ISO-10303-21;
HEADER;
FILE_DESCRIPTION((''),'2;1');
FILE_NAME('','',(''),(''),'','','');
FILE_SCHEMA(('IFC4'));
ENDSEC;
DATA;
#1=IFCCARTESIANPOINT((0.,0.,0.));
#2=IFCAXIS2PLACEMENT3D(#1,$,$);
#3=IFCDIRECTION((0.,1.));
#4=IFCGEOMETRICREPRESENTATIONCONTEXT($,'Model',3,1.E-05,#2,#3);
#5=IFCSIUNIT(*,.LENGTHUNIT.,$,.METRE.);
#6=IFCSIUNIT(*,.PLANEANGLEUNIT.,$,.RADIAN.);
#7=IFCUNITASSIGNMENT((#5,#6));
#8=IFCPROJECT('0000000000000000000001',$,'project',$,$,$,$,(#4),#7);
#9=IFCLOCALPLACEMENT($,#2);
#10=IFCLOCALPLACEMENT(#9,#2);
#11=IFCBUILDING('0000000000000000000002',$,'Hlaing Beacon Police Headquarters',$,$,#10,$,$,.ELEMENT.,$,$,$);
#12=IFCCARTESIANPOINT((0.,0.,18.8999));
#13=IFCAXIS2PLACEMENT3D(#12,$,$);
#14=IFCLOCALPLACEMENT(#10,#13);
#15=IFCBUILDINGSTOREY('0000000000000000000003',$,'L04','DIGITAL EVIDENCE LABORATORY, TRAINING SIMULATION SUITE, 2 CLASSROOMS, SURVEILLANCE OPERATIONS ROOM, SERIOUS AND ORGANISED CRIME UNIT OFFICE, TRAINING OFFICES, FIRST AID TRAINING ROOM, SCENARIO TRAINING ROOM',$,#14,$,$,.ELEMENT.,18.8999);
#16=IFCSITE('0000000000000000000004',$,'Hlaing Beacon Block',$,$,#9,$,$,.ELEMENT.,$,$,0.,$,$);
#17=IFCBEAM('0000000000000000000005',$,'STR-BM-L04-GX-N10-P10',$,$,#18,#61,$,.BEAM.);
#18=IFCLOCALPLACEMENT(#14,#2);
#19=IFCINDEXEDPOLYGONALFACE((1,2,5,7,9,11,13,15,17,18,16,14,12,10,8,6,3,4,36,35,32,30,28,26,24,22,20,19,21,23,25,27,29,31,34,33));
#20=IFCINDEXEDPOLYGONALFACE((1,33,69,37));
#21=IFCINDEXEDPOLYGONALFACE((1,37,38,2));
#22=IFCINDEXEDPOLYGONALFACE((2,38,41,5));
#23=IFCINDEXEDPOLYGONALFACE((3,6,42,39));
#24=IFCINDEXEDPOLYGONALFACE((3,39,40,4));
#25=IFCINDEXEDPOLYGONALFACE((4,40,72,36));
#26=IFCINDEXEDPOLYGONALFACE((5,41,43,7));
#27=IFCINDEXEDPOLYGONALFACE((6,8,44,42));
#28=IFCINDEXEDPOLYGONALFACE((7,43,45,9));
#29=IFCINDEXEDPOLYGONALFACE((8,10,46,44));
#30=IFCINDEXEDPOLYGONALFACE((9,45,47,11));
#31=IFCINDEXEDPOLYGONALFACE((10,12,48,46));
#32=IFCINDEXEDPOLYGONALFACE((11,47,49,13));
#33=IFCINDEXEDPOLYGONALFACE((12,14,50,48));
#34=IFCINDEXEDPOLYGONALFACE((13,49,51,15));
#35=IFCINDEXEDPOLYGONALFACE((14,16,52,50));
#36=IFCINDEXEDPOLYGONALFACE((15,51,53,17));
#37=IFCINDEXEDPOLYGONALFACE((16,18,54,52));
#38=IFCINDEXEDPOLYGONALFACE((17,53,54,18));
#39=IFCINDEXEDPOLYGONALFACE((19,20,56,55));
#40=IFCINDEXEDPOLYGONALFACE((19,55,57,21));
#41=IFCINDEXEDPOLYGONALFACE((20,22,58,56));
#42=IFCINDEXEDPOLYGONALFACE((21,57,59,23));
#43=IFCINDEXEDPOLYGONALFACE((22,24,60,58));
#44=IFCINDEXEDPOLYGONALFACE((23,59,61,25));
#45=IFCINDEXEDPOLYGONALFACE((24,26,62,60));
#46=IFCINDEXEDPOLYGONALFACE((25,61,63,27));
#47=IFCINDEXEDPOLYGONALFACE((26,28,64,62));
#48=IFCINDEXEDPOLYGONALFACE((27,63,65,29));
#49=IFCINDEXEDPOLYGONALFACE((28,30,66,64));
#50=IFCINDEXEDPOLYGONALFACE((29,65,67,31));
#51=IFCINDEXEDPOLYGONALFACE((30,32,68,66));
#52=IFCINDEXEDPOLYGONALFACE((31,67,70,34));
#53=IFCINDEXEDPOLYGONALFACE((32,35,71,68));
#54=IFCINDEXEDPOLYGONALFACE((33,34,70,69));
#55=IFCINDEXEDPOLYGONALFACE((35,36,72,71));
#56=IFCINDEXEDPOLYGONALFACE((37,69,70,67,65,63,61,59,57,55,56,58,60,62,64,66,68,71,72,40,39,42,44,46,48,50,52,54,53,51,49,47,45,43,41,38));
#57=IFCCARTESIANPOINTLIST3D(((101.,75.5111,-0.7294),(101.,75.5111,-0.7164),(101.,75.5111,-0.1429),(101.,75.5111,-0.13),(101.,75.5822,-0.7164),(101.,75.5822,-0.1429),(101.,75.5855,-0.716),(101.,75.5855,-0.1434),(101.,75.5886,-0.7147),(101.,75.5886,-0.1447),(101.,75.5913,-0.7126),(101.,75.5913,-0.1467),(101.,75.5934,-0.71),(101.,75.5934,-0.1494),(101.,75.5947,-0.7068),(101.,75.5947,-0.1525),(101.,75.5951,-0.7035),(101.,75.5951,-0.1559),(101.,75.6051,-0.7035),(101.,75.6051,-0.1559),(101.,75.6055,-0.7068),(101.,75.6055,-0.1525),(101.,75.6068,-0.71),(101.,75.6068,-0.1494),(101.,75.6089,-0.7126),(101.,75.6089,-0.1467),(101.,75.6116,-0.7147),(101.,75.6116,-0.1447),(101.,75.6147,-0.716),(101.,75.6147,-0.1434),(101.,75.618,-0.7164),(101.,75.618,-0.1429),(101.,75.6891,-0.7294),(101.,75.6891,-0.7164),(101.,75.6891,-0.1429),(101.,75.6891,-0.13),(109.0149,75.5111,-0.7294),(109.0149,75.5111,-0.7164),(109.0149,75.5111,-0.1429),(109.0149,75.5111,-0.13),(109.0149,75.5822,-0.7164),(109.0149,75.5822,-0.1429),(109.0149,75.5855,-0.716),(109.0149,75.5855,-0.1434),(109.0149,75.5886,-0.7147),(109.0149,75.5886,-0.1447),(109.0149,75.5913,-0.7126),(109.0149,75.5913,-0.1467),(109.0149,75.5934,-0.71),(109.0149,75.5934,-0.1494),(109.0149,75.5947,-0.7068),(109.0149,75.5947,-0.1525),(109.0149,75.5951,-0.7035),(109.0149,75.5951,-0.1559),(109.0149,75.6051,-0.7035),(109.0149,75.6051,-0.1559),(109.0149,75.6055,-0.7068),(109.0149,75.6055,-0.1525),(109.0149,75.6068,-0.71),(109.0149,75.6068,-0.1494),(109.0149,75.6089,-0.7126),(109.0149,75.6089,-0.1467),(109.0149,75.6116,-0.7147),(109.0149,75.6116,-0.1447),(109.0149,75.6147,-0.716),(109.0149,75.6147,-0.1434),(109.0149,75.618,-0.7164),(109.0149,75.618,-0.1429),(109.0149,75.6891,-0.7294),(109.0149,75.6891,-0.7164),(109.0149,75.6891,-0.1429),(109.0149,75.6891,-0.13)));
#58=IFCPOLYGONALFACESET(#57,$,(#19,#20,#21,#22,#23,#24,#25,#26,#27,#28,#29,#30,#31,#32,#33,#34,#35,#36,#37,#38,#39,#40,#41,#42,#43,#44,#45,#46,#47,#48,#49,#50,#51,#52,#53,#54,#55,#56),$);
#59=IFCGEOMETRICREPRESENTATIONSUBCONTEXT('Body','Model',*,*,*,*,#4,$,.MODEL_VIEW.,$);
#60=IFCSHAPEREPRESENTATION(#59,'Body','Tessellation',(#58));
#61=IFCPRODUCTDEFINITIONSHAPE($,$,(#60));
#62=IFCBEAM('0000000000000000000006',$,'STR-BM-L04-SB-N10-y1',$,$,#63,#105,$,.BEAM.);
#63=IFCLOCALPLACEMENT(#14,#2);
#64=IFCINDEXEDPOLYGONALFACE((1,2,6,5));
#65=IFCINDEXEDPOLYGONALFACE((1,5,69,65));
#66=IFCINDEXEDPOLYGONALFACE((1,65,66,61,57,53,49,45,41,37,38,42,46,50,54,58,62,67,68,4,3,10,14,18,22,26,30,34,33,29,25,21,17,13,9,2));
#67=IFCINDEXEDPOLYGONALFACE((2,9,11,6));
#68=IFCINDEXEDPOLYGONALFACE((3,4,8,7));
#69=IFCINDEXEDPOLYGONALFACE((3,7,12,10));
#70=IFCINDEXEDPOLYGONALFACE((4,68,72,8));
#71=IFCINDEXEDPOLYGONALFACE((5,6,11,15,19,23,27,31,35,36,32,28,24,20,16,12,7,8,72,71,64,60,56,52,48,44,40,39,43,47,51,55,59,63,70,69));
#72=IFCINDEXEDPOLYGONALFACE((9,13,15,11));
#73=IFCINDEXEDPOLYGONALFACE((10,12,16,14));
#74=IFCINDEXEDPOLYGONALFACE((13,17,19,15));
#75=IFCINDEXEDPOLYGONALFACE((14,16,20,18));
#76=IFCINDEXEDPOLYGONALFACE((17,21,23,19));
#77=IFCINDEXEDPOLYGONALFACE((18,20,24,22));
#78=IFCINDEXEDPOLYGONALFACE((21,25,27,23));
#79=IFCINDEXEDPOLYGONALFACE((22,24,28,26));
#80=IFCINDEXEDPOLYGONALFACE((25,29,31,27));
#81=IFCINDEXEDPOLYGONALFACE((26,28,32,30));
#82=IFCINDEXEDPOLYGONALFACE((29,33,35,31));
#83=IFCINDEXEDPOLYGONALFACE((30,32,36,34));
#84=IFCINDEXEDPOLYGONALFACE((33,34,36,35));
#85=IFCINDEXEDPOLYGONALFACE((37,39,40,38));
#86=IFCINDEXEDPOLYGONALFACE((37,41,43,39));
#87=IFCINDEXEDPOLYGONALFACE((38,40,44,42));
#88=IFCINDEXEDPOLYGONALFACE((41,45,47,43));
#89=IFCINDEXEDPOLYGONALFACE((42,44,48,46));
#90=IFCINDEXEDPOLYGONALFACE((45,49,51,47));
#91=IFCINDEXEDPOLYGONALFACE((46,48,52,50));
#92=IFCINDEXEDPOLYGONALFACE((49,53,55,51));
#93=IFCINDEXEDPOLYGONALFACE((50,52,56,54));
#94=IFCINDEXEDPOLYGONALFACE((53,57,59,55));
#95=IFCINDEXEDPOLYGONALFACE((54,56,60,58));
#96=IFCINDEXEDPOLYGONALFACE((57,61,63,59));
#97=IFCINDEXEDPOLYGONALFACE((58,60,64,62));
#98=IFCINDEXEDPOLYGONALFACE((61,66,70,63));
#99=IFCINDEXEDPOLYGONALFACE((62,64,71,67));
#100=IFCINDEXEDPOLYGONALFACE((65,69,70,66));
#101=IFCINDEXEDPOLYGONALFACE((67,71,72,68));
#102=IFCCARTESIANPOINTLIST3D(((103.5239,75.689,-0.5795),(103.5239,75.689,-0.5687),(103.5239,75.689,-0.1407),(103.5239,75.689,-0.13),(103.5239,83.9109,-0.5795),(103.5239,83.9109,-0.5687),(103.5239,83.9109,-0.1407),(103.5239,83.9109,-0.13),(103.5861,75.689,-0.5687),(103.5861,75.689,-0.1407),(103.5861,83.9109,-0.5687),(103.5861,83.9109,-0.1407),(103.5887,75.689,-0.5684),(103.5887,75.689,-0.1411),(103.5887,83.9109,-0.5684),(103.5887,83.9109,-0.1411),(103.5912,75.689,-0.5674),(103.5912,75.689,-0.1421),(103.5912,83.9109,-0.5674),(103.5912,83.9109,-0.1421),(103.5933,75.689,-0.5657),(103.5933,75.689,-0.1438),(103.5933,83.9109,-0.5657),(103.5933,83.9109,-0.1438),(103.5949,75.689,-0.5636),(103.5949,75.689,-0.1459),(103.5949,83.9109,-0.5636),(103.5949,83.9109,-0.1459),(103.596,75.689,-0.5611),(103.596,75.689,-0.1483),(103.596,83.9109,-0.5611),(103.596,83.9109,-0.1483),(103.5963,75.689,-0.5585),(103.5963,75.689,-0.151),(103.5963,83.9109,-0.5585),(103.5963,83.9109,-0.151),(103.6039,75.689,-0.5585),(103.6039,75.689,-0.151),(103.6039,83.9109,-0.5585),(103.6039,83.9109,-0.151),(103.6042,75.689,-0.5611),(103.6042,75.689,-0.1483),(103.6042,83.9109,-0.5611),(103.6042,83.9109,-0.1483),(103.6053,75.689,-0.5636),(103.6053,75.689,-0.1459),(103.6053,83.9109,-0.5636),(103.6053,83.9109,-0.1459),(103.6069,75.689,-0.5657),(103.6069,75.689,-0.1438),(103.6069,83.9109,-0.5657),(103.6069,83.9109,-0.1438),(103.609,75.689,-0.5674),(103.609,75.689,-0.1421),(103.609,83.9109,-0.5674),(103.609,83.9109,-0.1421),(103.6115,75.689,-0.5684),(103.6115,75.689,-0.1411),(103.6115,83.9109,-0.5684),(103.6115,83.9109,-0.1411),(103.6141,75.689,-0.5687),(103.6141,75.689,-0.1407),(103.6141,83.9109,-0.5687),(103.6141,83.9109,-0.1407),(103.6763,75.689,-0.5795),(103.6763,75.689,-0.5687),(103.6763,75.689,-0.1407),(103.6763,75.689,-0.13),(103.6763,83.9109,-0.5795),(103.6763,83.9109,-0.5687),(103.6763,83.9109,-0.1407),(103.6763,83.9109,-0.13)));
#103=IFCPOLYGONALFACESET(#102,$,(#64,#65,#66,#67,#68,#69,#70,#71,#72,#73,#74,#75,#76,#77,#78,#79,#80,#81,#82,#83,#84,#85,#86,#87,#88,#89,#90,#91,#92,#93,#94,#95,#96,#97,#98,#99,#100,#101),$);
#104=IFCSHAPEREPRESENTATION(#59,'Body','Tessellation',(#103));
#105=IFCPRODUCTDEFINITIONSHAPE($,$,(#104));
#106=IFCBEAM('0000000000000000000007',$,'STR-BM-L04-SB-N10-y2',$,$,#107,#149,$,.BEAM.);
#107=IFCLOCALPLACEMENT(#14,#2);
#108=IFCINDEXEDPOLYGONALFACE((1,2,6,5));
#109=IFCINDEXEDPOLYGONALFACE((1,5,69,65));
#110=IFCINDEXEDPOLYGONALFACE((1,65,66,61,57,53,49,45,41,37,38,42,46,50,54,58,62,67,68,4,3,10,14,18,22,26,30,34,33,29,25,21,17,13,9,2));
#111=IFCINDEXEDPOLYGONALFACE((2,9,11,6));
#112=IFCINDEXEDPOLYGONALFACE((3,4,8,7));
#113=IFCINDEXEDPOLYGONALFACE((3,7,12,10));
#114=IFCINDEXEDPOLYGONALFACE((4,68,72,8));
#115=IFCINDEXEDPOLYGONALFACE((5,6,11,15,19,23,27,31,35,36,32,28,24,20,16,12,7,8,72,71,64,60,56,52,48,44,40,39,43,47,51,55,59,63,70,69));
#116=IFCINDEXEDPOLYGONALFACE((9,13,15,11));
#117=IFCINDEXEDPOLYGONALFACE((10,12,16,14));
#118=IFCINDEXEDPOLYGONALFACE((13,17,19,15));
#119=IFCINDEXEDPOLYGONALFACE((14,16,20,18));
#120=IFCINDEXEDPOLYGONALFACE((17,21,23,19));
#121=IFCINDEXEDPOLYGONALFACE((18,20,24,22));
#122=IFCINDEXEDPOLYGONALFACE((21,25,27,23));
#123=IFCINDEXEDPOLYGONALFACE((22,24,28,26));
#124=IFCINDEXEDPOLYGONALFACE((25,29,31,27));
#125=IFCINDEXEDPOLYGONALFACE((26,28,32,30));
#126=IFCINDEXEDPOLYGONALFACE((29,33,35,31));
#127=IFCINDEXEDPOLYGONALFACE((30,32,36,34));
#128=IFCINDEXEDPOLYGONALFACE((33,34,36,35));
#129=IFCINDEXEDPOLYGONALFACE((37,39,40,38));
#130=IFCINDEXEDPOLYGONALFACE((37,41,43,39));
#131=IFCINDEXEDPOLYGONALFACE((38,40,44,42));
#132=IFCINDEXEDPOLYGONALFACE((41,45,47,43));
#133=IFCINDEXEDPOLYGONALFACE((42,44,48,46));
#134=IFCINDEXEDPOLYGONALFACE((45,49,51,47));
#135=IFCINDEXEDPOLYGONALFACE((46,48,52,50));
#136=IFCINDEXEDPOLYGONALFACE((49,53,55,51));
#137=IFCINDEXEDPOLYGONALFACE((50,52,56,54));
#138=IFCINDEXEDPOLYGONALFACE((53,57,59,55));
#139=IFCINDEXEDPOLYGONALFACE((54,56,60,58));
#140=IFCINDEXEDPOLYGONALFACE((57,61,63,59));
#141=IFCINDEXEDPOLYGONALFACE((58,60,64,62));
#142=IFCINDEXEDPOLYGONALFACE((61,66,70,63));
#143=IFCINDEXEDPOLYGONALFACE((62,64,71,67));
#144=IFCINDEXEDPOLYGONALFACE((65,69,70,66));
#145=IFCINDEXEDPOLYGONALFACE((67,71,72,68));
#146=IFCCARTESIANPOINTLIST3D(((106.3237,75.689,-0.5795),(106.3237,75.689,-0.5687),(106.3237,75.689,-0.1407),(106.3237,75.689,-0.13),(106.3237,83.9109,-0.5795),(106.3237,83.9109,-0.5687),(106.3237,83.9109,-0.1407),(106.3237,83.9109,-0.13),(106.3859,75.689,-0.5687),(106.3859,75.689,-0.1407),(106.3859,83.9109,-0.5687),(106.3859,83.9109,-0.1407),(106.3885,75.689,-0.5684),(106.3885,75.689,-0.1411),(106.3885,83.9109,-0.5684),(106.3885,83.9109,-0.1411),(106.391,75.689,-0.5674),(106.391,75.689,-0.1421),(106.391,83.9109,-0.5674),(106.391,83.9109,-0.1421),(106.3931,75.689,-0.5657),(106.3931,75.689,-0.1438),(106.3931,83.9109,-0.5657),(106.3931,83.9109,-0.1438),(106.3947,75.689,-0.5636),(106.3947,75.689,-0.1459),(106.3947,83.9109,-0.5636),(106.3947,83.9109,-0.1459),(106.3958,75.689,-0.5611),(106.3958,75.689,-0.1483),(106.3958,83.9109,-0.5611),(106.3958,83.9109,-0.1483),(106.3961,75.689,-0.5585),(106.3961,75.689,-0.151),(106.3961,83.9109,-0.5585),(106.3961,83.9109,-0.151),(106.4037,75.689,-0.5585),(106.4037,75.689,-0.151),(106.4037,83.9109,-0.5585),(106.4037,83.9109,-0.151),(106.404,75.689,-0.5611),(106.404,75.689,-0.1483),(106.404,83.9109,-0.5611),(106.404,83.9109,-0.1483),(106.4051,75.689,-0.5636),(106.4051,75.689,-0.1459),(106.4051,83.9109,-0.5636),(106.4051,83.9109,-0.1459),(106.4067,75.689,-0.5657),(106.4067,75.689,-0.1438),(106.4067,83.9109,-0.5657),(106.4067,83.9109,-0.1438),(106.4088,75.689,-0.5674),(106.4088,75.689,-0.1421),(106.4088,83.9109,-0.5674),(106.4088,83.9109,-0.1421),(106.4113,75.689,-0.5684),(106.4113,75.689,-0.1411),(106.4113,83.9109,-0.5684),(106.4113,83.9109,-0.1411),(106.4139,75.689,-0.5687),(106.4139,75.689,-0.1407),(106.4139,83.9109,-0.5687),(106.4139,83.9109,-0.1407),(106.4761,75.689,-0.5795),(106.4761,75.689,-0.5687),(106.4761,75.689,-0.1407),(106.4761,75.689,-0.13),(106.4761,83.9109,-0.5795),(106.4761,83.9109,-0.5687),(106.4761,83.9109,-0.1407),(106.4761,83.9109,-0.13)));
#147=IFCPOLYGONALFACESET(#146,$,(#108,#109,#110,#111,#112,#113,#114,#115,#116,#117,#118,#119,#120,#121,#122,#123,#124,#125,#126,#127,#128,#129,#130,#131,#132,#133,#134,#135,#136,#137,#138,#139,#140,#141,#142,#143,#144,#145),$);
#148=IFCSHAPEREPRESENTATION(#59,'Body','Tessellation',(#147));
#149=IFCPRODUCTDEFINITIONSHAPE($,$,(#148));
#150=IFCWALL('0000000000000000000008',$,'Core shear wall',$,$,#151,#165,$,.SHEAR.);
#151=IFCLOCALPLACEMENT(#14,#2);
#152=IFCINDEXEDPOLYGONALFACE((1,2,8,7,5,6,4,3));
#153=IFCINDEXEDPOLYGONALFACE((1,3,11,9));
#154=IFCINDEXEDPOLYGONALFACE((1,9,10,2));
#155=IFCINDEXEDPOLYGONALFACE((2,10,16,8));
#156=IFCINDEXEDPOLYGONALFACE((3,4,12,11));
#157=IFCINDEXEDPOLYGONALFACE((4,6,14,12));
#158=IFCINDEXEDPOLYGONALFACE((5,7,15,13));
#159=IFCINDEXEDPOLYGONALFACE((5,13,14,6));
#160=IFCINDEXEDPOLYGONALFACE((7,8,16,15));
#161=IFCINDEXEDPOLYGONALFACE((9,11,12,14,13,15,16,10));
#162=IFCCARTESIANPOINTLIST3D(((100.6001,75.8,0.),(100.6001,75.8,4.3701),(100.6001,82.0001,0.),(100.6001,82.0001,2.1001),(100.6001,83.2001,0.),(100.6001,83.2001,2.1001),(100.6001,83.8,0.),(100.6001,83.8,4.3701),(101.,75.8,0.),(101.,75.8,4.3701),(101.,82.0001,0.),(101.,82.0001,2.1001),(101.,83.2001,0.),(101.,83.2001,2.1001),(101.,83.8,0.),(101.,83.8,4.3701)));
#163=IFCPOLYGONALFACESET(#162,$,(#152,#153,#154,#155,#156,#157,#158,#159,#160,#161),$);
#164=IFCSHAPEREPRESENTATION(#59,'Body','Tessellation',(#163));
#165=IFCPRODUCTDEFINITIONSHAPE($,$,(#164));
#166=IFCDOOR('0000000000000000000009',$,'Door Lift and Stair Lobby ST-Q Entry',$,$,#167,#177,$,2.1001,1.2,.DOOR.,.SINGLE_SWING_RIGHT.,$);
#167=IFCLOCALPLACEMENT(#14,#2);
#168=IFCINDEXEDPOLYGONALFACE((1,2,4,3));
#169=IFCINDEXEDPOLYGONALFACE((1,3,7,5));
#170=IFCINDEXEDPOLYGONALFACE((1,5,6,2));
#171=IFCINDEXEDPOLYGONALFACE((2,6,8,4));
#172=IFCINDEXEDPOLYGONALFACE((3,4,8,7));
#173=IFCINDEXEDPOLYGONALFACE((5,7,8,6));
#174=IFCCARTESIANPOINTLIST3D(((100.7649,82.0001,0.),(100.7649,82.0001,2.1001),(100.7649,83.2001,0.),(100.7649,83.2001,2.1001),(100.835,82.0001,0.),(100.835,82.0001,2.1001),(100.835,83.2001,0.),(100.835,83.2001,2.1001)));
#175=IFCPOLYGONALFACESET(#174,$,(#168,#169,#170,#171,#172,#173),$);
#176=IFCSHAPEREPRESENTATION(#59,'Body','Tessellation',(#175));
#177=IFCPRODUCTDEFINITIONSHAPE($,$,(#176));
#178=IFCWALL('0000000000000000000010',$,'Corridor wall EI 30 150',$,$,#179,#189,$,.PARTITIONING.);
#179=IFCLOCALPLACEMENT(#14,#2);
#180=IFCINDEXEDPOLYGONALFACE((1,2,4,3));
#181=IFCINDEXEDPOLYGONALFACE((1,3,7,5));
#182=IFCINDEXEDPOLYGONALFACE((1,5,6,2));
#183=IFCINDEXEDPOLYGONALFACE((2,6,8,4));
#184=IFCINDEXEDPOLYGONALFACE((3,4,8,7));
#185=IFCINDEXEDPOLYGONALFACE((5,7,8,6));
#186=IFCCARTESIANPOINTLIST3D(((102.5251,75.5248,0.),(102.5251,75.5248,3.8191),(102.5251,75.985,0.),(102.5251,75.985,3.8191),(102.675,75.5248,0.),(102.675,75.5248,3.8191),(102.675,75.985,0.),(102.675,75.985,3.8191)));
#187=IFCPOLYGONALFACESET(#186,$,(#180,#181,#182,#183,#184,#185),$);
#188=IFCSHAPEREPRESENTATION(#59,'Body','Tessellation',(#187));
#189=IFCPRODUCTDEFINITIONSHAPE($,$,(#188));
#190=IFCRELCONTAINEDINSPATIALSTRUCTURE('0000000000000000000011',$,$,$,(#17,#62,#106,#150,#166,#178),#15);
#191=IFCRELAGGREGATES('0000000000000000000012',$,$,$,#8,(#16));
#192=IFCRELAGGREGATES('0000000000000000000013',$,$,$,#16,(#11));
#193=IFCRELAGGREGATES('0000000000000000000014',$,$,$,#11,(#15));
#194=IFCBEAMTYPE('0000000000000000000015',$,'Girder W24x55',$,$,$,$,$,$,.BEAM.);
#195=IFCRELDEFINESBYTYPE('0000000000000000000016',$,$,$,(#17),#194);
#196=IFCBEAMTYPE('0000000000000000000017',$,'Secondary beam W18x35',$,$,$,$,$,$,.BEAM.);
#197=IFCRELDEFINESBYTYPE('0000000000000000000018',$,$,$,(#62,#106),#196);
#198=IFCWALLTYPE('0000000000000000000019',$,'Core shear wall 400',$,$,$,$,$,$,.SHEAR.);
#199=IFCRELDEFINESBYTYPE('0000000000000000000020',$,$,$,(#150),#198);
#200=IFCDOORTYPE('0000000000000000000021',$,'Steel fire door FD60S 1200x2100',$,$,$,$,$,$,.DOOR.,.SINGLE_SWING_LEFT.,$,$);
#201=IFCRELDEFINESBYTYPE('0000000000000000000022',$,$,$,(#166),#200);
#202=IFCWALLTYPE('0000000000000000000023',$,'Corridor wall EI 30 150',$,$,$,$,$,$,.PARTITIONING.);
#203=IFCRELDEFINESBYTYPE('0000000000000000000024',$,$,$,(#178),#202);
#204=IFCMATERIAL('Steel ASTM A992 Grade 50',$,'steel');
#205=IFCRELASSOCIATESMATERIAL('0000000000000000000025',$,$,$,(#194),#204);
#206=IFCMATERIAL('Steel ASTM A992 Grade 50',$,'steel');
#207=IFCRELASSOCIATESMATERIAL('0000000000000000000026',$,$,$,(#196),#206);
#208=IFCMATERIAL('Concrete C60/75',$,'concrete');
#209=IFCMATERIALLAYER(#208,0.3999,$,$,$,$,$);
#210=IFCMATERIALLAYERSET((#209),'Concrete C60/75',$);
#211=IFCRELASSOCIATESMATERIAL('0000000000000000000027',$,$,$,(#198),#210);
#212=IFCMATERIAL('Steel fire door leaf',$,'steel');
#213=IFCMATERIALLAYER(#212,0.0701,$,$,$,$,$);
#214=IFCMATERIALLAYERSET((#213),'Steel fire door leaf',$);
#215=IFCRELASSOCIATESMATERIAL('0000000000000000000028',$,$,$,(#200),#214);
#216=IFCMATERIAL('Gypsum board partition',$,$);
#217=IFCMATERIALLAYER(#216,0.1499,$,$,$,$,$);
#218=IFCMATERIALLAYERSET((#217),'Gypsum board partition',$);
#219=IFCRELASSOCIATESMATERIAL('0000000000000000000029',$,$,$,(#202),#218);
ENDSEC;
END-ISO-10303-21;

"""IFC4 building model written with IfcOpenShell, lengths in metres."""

from ifc_helpers import new_model, si_unit, direction, frame, frame_2d, origin, origin_2d, place, context, subcontext, project, spatial, rectangle, i_section, extrude, material, layer, layer_set, material_profile, profile_set, type_object, element, fill, save


model = new_model("IFC4")

# Units and contexts
model_context = context("Model", 3, precision=1e-05, world=origin(), true_north=direction((0.0, 1.0)))
body_context = subcontext(model_context, "Body", "Model", "MODEL_VIEW")
ifc_project = project(units=[si_unit("LENGTHUNIT", "METRE"), si_unit("PLANEANGLEUNIT", "RADIAN")], contexts=[model_context])

# Site, building, storey
site_placement = place(None, origin())
site = spatial("IfcSite", under=ifc_project, at=site_placement, Name="Hlaing Beacon Block", CompositionType="ELEMENT", RefElevation=0.0)
building_placement = place(site_placement, origin())
building = spatial("IfcBuilding", under=site, at=building_placement, Name="Hlaing Beacon Police Headquarters", CompositionType="ELEMENT")
storey_placement = place(building_placement, frame((0.0, 0.0, 18.8999)))
storey = spatial("IfcBuildingStorey", under=building, at=storey_placement, Name="L04", Description="DIGITAL EVIDENCE LABORATORY, TRAINING SIMULATION SUITE, 2 CLASSROOMS, SURVEILLANCE OPERATIONS ROOM, SERIOUS AND ORGANISED CRIME UNIT OFFICE, TRAINING OFFICES, FIRST AID TRAINING ROOM, SCENARIO TRAINING ROOM", CompositionType="ELEMENT", Elevation=18.8999)

# Beams
ifc_material_1 = material(Name="Steel ASTM A992 Grade 50", Category="steel")
ifc_material_profile_1 = material_profile(ifc_material_1, i_section(OverallWidth=0.178, OverallDepth=0.5994, WebThickness=0.01, FlangeThickness=0.0129, FilletRadius=0.0129, at=origin_2d()), Name="W24x55")
ifc_profile_set_1 = profile_set([ifc_material_profile_1], Name="Steel ASTM A992 Grade 50")
beam_type_1 = type_object("IfcBeamType", Name="Girder W24x55", PredefinedType="BEAM", material=ifc_profile_set_1)
beam_placement = place(storey_placement, frame((101.0, 75.6001, -0.4297), z_axis=(1.0, 0.0, 0.0), x_axis=(0.0, 1.0, 0.0)))
element("IfcBeam", 1, at=beam_placement, inside=storey, type_object=beam_type_1, Name="STR-BM-L04-GX-N10-P10", PredefinedType="BEAM", context=body_context, shape_type="SweptSolid", body=[
    extrude(i_section(OverallWidth=0.178, OverallDepth=0.5994, WebThickness=0.01, FlangeThickness=0.0129, FilletRadius=0.0129, at=origin_2d()), origin(), (0.0, 0.0, 1.0), 8.0149),
])
ifc_material_2 = material(Name="Steel ASTM A992 Grade 50", Category="steel")
ifc_material_profile_2 = material_profile(ifc_material_2, i_section(OverallWidth=0.1523, OverallDepth=0.4495, WebThickness=0.0076, FlangeThickness=0.0107, FilletRadius=0.0103, at=origin_2d()), Name="W18x35")
ifc_profile_set_2 = profile_set([ifc_material_profile_2], Name="Steel ASTM A992 Grade 50")
beam_type_2 = type_object("IfcBeamType", Name="Secondary beam W18x35", PredefinedType="BEAM", material=ifc_profile_set_2)
for number, where, z_axis, x_axis, name in (
    (2, (103.6001, 75.689, -0.3547), (0.0, 1.0, 0.0), (-1.0, 0.0, 0.0), "STR-BM-L04-SB-N10-y1"),
    (3, (106.3999, 75.689, -0.3547), (0.0, 1.0, 0.0), (-1.0, 0.0, 0.0), "STR-BM-L04-SB-N10-y2"),
):
    element("IfcBeam", number, at=place(storey_placement, frame(where, z_axis=z_axis, x_axis=x_axis)), inside=storey, type_object=beam_type_2, Name=name, PredefinedType="BEAM", context=body_context, shape_type="SweptSolid", body=[
        extrude(i_section(OverallWidth=0.1523, OverallDepth=0.4495, WebThickness=0.0076, FlangeThickness=0.0107, FilletRadius=0.0103, at=origin_2d()), origin(), (0.0, 0.0, 1.0), 8.2219),
    ])

# Wall, opening, door
ifc_material_3 = material(Name="Concrete C60/75", Category="concrete")
ifc_layer_1 = layer(ifc_material_3, 0.3999)
ifc_layer_set_1 = layer_set([ifc_layer_1], Name="Concrete C60/75")
wall_type_1 = type_object("IfcWallType", Name="Core shear wall 400", PredefinedType="SHEAR", material=ifc_layer_set_1)
wall_1_placement = place(storey_placement, frame((100.8, 75.8, 0.0), z_axis=(0.0, 0.0, 1.0), x_axis=(0.0, 1.0, 0.0)))
wall_1 = element("IfcWall", 4, at=wall_1_placement, inside=storey, type_object=wall_type_1, Name="Core shear wall", PredefinedType="SHEAR", context=body_context, shape_type="SweptSolid", body=[
    extrude(rectangle(XDim=8.0, YDim=0.3999, at=frame_2d((4.0, 0.0))), origin(), (0.0, 0.0, 1.0), 4.3701),
])
opening_1_placement = place(wall_1_placement, frame((6.2, 0.0, 0.0)))
opening_1 = element("IfcOpeningElement", 5, at=opening_1_placement, cuts=wall_1, PredefinedType="OPENING", context=body_context, shape_type="SweptSolid", body=[
    extrude(rectangle(XDim=1.2, YDim=2.1001, at=frame_2d((0.6001, 1.05))), frame((0.0, 0.21, 0.0), z_axis=(0.0, -1.0, 0.0), x_axis=(1.0, 0.0, 0.0)), (0.0, 0.0, 1.0), 0.4199),
])
ifc_material_4 = material(Name="Steel fire door leaf", Category="steel")
ifc_layer_2 = layer(ifc_material_4, 0.0701)
ifc_layer_set_2 = layer_set([ifc_layer_2], Name="Steel fire door leaf")
door_type_1 = type_object("IfcDoorType", Name="Steel fire door FD60S 1200x2100", OperationType="SINGLE_SWING_LEFT", PredefinedType="DOOR", material=ifc_layer_set_2)
door_1_placement = place(opening_1_placement, origin())
door_1 = element("IfcDoor", 6, at=door_1_placement, inside=storey, type_object=door_type_1, Name="Door Lift and Stair Lobby ST-Q Entry", OperationType="SINGLE_SWING_RIGHT", OverallHeight=2.1001, OverallWidth=1.2, PredefinedType="DOOR", context=body_context, shape_type="SweptSolid", body=[
    extrude(rectangle(XDim=1.2, YDim=2.1001, at=frame_2d((0.6001, 1.05))), frame((0.0, 0.0352, 0.0), z_axis=(0.0, -1.0, 0.0), x_axis=(1.0, 0.0, 0.0)), (0.0, 0.0, 1.0), 0.0701),
])
fill(opening_1, door_1)

# Wall
ifc_material_5 = material(Name="Gypsum board partition")
ifc_layer_3 = layer(ifc_material_5, 0.1499)
ifc_layer_set_3 = layer_set([ifc_layer_3], Name="Gypsum board partition")
wall_type_2 = type_object("IfcWallType", Name="Corridor wall EI 30 150", PredefinedType="PARTITIONING", material=ifc_layer_set_3)
wall_2_placement = place(storey_placement, frame((102.6001, 75.5249, 0.0), z_axis=(0.0, 0.0, 1.0), x_axis=(0.0, 1.0, 0.0)))
element("IfcWall", 7, at=wall_2_placement, inside=storey, type_object=wall_type_2, Name="Corridor wall EI 30 150", PredefinedType="PARTITIONING", context=body_context, shape_type="SweptSolid", body=[
    extrude(rectangle(XDim=0.4602, YDim=0.1499, at=frame_2d((0.23, 0.0))), origin(), (0.0, 0.0, 1.0), 3.8191),
])

save(model, "model.ifc")
